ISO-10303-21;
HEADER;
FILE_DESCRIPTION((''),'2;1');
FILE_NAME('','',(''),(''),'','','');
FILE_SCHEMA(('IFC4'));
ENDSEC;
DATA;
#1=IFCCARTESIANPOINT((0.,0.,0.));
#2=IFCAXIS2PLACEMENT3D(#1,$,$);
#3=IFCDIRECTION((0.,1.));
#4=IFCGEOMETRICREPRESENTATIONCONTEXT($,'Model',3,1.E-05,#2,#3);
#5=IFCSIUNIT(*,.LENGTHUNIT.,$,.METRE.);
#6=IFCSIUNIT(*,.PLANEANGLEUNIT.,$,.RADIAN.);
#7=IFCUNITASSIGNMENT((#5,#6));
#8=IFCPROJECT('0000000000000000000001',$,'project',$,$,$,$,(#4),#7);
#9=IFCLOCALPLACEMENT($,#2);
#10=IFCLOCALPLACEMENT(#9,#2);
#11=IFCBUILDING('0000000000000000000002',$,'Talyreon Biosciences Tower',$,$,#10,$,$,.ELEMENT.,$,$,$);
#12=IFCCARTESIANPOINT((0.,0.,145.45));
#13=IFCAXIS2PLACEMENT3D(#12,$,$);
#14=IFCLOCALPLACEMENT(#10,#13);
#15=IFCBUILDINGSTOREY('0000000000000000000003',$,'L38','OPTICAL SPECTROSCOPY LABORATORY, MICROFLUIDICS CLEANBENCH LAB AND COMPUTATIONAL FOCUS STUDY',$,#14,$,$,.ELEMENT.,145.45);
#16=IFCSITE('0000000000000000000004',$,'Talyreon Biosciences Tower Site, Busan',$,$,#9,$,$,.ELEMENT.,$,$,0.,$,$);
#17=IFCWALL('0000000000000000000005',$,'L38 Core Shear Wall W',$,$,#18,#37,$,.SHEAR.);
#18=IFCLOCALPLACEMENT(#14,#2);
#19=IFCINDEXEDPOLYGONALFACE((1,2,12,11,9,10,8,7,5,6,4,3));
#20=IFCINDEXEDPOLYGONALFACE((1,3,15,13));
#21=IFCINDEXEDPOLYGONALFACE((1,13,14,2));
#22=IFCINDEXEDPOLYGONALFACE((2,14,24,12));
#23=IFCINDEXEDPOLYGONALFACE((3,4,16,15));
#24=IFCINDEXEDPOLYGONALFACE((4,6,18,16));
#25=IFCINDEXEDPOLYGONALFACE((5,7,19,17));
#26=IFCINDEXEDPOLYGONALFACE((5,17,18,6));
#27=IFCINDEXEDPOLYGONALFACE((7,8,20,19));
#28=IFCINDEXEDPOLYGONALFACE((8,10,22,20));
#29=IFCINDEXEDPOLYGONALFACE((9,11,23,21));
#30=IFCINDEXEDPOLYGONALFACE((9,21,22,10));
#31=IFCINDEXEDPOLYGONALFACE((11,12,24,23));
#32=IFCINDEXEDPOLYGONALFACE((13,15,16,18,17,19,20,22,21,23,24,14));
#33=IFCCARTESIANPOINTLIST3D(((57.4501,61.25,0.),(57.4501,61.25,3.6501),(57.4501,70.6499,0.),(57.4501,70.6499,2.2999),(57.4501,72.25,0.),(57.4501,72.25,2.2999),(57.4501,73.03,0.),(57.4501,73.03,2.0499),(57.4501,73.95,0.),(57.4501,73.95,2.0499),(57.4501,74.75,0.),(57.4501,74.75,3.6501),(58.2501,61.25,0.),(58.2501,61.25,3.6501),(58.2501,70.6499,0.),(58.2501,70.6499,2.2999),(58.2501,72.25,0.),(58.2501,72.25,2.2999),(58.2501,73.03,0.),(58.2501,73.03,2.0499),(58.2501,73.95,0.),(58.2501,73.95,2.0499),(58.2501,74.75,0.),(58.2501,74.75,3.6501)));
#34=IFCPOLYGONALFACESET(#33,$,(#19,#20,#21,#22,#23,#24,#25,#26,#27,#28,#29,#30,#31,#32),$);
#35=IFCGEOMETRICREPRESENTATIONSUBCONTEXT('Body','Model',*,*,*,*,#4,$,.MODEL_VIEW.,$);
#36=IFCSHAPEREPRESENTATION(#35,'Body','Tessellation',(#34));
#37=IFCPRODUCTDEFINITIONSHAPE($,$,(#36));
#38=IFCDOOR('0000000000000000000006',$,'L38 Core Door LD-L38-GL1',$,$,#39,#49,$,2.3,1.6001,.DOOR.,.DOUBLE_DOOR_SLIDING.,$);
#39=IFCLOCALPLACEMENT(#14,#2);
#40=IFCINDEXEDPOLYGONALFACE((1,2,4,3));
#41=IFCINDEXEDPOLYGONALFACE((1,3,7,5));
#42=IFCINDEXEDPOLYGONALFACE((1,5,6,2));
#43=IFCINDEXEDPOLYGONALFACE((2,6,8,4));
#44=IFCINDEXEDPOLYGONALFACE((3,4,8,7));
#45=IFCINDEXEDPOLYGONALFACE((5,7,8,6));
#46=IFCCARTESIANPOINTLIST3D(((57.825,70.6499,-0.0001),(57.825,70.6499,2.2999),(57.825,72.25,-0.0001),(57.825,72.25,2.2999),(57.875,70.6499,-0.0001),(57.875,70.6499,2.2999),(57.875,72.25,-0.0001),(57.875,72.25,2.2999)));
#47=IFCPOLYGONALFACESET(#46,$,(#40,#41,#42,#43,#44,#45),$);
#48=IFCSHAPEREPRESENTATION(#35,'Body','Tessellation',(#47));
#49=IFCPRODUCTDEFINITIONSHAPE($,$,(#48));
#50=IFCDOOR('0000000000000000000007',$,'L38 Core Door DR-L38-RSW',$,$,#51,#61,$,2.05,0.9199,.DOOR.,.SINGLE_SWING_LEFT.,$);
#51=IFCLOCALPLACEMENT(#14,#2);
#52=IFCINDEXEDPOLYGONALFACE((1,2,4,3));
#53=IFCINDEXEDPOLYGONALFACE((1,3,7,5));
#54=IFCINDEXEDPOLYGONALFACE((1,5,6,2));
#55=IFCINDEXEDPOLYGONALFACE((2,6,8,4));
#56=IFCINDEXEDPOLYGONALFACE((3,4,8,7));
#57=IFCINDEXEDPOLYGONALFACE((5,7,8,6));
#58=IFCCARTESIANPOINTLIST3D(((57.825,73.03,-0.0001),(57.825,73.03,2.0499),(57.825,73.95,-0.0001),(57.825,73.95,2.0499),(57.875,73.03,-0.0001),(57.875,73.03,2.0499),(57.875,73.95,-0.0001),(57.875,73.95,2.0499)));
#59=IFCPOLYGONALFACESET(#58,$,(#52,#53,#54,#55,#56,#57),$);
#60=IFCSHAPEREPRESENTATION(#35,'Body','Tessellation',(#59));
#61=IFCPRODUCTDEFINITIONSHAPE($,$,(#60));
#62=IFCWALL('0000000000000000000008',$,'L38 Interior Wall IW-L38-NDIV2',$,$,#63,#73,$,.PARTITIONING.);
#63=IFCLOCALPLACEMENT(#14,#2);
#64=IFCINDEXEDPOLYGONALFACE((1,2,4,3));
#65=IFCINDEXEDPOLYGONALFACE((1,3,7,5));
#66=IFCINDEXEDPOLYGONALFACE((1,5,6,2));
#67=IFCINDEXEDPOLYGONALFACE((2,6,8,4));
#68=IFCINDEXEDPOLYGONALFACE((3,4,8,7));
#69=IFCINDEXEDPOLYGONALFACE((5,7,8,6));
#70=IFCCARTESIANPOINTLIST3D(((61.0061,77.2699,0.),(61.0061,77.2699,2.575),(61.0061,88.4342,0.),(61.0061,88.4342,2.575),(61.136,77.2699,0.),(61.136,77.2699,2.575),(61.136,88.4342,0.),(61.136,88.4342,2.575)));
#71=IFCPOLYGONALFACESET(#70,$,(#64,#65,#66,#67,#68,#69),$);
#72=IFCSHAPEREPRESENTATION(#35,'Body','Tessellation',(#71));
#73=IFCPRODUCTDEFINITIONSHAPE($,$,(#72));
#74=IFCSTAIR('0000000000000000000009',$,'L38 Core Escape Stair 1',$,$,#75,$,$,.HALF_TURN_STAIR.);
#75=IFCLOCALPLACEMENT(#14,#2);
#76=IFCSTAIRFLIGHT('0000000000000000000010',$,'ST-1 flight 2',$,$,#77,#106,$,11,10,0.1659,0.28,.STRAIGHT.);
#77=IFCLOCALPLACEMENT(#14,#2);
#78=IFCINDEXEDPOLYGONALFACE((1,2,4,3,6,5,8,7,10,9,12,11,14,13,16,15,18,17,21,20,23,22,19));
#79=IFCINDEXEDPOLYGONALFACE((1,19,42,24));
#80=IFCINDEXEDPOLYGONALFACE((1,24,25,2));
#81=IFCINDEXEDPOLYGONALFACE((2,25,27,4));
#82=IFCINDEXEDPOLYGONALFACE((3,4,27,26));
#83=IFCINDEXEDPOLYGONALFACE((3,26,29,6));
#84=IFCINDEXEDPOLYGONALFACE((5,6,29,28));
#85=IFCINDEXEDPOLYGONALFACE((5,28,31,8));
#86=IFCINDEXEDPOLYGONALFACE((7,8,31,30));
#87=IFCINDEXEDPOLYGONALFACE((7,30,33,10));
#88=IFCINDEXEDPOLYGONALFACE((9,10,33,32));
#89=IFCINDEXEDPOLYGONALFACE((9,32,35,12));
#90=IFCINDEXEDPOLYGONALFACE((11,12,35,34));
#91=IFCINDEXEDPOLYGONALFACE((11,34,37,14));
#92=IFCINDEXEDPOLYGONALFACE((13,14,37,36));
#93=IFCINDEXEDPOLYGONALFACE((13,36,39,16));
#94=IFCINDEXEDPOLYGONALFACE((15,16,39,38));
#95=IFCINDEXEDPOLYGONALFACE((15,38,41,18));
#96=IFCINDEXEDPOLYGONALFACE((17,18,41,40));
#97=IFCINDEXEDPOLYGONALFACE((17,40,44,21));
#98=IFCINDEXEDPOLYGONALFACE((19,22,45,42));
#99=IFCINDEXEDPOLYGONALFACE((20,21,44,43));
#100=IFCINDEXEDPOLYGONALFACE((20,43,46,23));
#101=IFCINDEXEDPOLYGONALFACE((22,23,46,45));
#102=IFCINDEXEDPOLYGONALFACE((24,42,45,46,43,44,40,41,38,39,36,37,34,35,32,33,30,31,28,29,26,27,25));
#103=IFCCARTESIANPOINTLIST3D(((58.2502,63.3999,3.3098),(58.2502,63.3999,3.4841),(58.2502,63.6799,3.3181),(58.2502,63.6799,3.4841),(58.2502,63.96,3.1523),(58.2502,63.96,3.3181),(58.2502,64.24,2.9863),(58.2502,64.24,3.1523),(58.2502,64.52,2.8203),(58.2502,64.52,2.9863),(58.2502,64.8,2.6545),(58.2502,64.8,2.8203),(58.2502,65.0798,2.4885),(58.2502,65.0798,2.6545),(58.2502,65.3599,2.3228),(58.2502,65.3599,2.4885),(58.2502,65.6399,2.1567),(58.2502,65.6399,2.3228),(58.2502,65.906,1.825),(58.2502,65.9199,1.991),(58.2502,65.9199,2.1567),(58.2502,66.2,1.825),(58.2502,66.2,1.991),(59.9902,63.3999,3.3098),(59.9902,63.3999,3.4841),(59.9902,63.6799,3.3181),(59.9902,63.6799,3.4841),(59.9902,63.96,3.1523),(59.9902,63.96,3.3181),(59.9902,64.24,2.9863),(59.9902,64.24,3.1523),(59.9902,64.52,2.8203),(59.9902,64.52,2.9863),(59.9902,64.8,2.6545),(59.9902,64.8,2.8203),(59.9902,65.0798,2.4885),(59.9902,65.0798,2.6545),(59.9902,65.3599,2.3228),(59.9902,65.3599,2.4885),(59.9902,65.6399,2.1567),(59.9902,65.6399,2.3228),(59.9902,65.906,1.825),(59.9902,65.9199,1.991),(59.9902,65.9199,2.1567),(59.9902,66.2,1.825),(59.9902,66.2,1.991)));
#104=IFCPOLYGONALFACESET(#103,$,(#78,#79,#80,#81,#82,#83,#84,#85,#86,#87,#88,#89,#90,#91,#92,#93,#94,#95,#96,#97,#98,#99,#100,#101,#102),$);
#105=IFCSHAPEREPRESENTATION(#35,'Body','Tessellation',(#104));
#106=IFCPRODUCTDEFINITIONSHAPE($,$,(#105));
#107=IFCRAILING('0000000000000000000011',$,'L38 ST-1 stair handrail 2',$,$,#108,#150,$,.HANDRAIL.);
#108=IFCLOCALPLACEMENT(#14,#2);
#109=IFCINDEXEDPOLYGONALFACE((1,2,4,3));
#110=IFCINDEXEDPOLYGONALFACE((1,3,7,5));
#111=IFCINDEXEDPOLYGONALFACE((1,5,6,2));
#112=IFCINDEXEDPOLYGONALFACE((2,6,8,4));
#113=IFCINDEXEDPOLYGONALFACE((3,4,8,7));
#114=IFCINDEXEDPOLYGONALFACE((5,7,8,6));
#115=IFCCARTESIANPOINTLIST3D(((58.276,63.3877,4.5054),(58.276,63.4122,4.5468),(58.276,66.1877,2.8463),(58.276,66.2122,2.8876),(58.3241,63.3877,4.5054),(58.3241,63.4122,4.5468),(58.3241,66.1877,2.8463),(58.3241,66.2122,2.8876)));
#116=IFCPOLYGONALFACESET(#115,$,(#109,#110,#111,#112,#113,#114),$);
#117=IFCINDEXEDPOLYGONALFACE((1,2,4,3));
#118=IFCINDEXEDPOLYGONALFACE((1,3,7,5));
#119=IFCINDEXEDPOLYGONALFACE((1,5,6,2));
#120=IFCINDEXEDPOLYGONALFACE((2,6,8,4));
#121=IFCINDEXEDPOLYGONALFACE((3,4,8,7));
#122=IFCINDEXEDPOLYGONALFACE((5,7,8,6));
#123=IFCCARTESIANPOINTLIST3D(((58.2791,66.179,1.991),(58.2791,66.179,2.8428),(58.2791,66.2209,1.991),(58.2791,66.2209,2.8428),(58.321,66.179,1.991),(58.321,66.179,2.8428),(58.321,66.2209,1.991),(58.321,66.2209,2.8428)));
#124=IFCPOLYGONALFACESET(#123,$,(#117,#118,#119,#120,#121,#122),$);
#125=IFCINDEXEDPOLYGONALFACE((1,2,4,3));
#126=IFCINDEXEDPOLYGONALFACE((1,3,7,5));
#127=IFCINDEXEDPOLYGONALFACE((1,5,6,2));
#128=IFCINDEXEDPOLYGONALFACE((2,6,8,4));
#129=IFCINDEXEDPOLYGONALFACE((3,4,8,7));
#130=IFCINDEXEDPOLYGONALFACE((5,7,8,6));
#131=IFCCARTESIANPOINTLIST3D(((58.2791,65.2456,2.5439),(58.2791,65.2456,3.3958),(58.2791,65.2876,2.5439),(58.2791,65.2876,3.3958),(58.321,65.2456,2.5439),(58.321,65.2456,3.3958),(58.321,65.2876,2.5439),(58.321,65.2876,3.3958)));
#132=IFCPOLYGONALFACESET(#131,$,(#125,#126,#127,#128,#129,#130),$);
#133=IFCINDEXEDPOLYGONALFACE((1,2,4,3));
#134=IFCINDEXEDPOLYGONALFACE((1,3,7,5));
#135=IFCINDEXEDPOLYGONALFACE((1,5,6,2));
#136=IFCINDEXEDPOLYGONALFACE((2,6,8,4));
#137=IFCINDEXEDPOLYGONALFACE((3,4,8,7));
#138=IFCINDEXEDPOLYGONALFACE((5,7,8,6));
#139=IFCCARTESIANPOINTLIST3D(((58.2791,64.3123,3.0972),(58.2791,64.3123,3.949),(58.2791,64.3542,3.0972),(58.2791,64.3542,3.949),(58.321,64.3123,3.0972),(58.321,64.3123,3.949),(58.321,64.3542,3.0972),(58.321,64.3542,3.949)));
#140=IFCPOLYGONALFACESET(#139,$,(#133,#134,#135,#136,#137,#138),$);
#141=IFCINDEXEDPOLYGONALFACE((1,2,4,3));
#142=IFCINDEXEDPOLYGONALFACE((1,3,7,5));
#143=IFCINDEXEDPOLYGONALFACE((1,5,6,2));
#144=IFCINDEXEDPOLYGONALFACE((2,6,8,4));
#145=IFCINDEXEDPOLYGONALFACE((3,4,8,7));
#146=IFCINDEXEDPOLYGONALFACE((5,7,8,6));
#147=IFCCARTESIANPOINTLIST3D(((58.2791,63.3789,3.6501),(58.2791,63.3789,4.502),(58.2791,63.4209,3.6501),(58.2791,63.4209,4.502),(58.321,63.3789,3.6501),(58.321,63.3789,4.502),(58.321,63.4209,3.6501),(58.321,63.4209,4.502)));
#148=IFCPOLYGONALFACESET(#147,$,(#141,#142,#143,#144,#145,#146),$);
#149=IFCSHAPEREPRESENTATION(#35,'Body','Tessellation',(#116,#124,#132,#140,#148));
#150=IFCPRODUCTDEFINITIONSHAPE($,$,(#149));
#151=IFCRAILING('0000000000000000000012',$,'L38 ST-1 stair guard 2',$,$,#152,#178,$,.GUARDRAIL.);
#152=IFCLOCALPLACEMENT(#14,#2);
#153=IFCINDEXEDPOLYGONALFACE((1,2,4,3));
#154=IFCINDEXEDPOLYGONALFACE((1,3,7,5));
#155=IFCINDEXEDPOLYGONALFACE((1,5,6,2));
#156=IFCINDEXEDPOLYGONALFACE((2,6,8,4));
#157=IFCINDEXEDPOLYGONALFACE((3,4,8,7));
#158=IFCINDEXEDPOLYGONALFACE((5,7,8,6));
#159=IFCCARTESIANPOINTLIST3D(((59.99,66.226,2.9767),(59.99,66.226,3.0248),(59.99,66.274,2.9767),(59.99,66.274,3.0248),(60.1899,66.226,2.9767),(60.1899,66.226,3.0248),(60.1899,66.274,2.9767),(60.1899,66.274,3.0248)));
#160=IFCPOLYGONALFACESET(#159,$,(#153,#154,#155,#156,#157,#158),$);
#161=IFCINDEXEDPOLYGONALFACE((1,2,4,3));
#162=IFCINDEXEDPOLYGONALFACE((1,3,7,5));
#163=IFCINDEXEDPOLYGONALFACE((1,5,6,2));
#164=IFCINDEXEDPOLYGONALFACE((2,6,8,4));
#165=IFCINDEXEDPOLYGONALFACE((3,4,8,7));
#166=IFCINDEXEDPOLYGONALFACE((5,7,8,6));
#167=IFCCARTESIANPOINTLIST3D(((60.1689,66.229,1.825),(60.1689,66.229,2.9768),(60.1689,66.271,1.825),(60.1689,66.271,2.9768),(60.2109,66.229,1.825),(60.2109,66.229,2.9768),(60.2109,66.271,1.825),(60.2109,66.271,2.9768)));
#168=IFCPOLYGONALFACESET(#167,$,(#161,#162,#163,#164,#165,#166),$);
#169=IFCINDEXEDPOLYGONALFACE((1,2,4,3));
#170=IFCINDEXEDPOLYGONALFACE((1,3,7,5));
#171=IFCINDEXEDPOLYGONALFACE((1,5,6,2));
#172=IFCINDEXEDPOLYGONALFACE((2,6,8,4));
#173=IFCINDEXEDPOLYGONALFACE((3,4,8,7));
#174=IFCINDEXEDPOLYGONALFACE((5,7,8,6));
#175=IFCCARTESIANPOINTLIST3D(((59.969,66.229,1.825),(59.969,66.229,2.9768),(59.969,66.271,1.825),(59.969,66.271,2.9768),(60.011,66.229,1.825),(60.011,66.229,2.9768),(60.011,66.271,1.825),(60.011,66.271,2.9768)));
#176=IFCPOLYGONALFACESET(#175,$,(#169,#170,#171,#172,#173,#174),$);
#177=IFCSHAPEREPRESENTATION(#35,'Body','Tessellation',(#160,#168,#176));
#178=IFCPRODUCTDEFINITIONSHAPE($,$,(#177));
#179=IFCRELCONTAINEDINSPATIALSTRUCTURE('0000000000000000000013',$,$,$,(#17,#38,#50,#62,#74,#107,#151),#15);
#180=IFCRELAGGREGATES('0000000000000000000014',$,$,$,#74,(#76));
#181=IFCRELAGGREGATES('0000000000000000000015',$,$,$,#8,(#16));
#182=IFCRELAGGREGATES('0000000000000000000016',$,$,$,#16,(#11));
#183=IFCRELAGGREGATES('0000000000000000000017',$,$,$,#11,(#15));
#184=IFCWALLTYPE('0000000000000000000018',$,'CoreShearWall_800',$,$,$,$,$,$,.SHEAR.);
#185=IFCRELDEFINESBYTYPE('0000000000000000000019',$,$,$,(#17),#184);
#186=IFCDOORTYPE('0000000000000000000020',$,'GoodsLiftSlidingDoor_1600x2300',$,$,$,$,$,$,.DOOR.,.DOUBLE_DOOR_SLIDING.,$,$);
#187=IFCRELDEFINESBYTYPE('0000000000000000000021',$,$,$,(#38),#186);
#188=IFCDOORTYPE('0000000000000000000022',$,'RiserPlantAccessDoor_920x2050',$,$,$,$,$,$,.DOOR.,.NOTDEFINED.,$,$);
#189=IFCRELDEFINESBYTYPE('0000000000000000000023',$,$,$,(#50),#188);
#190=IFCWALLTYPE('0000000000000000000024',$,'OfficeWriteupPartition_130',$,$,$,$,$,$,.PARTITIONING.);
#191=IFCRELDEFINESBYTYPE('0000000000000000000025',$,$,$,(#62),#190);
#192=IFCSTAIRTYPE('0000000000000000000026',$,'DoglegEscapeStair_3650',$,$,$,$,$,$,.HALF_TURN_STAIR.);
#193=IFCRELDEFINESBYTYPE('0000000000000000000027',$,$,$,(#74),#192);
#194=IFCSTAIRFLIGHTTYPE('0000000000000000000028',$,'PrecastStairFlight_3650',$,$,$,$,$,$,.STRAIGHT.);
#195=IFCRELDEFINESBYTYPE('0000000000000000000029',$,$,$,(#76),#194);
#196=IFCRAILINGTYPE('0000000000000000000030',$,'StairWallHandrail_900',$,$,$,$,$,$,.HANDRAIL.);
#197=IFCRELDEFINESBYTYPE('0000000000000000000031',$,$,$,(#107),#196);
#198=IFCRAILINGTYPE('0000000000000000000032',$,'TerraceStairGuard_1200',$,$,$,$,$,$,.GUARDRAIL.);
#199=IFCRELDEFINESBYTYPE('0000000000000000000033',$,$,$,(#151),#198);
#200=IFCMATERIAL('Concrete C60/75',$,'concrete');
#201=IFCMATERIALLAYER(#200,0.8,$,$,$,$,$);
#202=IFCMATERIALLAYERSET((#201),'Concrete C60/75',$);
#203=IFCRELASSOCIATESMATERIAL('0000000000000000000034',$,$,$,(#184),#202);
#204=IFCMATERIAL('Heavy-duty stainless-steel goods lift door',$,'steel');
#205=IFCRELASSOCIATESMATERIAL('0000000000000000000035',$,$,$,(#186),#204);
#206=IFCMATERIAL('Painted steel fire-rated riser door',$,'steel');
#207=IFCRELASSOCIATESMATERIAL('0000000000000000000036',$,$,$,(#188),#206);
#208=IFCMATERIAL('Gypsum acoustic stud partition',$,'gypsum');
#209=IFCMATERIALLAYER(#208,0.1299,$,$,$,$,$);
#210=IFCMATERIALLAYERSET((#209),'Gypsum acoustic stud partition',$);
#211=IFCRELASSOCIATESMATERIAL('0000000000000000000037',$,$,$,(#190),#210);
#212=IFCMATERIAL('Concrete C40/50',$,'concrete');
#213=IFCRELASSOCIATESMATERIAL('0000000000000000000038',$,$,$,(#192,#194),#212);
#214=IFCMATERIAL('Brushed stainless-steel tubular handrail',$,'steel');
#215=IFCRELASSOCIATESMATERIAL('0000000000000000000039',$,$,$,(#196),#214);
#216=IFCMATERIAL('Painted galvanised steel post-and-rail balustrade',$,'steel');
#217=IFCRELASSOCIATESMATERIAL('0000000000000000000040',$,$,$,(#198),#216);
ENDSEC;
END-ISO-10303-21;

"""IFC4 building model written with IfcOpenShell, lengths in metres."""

from ifc_helpers import new_model, si_unit, direction, frame, frame_2d, origin, origin_2d, place, context, subcontext, project, spatial, polyline, rectangle, outline, extrude, material, layer, layer_set, type_object, element, fill, aggregate, save


model = new_model("IFC4")

# Units and contexts
model_context = context("Model", 3, precision=1e-05, world=origin(), true_north=direction((0.0, 1.0)))
body_context = subcontext(model_context, "Body", "Model", "MODEL_VIEW")
ifc_project = project(units=[si_unit("LENGTHUNIT", "METRE"), si_unit("PLANEANGLEUNIT", "RADIAN")], contexts=[model_context])

# Site, building, storey
site_placement = place(None, origin())
site = spatial("IfcSite", under=ifc_project, at=site_placement, Name="Talyreon Biosciences Tower Site, Busan", CompositionType="ELEMENT", RefElevation=0.0)
building_placement = place(site_placement, origin())
building = spatial("IfcBuilding", under=site, at=building_placement, Name="Talyreon Biosciences Tower", CompositionType="ELEMENT")
storey_placement = place(building_placement, frame((0.0, 0.0, 145.45)))
storey = spatial("IfcBuildingStorey", under=building, at=storey_placement, Name="L38", Description="OPTICAL SPECTROSCOPY LABORATORY, MICROFLUIDICS CLEANBENCH LAB AND COMPUTATIONAL FOCUS STUDY", CompositionType="ELEMENT", Elevation=145.45)

# Shared definitions
ifc_material_1 = material(Name="Concrete C60/75", Category="concrete")

# Shared definitions
ifc_layer_1 = layer(ifc_material_1, 0.8)
ifc_layer_set_1 = layer_set([ifc_layer_1], Name="Concrete C60/75")
wall_type_1 = type_object("IfcWallType", Name="CoreShearWall_800", PredefinedType="SHEAR", material=ifc_layer_set_1)

# Wall, openings, doors
wall_1_placement = place(storey_placement, frame((57.8501, 74.75, 0.0), z_axis=(0.0, 0.0, 1.0), x_axis=(0.0, -1.0, 0.0)))
wall_1 = element("IfcWall", 1, at=wall_1_placement, inside=storey, type_object=wall_type_1, Name="L38 Core Shear Wall W", PredefinedType="SHEAR", context=body_context, shape_type="SweptSolid", body=[
    extrude(rectangle(XDim=13.5, YDim=0.8, at=frame_2d((6.75, 0.0))), origin(), (0.0, 0.0, 1.0), 3.6501),
])
opening_1_placement = place(wall_1_placement, frame((0.8, 0.0, 0.0)))
opening_1 = element("IfcOpeningElement", 2, at=opening_1_placement, cuts=wall_1, PredefinedType="OPENING", context=body_context, shape_type="SweptSolid", body=[
    extrude(rectangle(XDim=0.9199, YDim=2.05, at=frame_2d((0.46, 1.0249))), frame((0.0, 0.4099, 0.0), z_axis=(0.0, -1.0, 0.0), x_axis=(1.0, 0.0, 0.0)), (0.0, 0.0, 1.0), 0.8201),
])
opening_2_placement = place(wall_1_placement, frame((2.5, 0.0, 0.0)))
opening_2 = element("IfcOpeningElement", 3, at=opening_2_placement, cuts=wall_1, PredefinedType="OPENING", context=body_context, shape_type="SweptSolid", body=[
    extrude(rectangle(XDim=1.6001, YDim=2.3, at=frame_2d((0.8, 1.1499))), frame((0.0, 0.4099, 0.0), z_axis=(0.0, -1.0, 0.0), x_axis=(1.0, 0.0, 0.0)), (0.0, 0.0, 1.0), 0.8201),
])
ifc_material_2 = material(Name="Heavy-duty stainless-steel goods lift door", Category="steel")
door_type_1 = type_object("IfcDoorType", Name="GoodsLiftSlidingDoor_1600x2300", OperationType="DOUBLE_DOOR_SLIDING", PredefinedType="DOOR", material=ifc_material_2)
door_1_placement = place(opening_2_placement, origin())
door_1 = element("IfcDoor", 4, at=door_1_placement, inside=storey, type_object=door_type_1, Name="L38 Core Door LD-L38-GL1", OperationType="DOUBLE_DOOR_SLIDING", OverallHeight=2.3, OverallWidth=1.6001, PredefinedType="DOOR", context=body_context, shape_type="SweptSolid", body=[
    extrude(rectangle(XDim=1.6001, YDim=2.3, at=frame_2d((0.8, 1.1499))), frame((0.0, 0.0249, 0.0), z_axis=(0.0, -1.0, 0.0), x_axis=(1.0, 0.0, 0.0)), (0.0, 0.0, 1.0), 0.05),
])
fill(opening_2, door_1)
ifc_material_3 = material(Name="Painted steel fire-rated riser door", Category="steel")
door_type_2 = type_object("IfcDoorType", Name="RiserPlantAccessDoor_920x2050", OperationType="NOTDEFINED", PredefinedType="DOOR", material=ifc_material_3)
door_2_placement = place(opening_1_placement, origin())
door_2 = element("IfcDoor", 5, at=door_2_placement, inside=storey, type_object=door_type_2, Name="L38 Core Door DR-L38-RSW", OperationType="SINGLE_SWING_LEFT", OverallHeight=2.05, OverallWidth=0.9199, PredefinedType="DOOR", context=body_context, shape_type="SweptSolid", body=[
    extrude(rectangle(XDim=0.9199, YDim=2.05, at=frame_2d((0.46, 1.0249))), frame((0.0, 0.0249, 0.0), z_axis=(0.0, -1.0, 0.0), x_axis=(1.0, 0.0, 0.0)), (0.0, 0.0, 1.0), 0.05),
])
fill(opening_1, door_2)

# Wall
ifc_material_4 = material(Name="Gypsum acoustic stud partition", Category="gypsum")
ifc_layer_2 = layer(ifc_material_4, 0.1299)
ifc_layer_set_2 = layer_set([ifc_layer_2], Name="Gypsum acoustic stud partition")
wall_type_2 = type_object("IfcWallType", Name="OfficeWriteupPartition_130", PredefinedType="PARTITIONING", material=ifc_layer_set_2)
wall_2_placement = place(storey_placement, frame((61.071, 77.27, 0.0), z_axis=(0.0, 0.0, 1.0), x_axis=(0.0, 1.0, 0.0)))
element("IfcWall", 6, at=wall_2_placement, inside=storey, type_object=wall_type_2, Name="L38 Interior Wall IW-L38-NDIV2", PredefinedType="PARTITIONING", context=body_context, shape_type="SweptSolid", body=[
    extrude(rectangle(XDim=11.1643, YDim=0.1299, at=frame_2d((5.582, 0.0))), origin(), (0.0, 0.0, 1.0), 2.575),
])

# Stair, stair flight
ifc_material_5 = material(Name="Concrete C40/50", Category="concrete")
stair_type = type_object("IfcStairType", Name="DoglegEscapeStair_3650", PredefinedType="HALF_TURN_STAIR", material=ifc_material_5)
stair_placement = place(storey_placement, origin())
stair = element("IfcStair", 7, at=stair_placement, inside=storey, type_object=stair_type, Name="L38 Core Escape Stair 1", PredefinedType="HALF_TURN_STAIR")
stair_flight_type = type_object("IfcStairFlightType", Name="PrecastStairFlight_3650", PredefinedType="STRAIGHT", material=ifc_material_5)
stair_flight_placement = place(storey_placement, frame((59.1201, 66.2, 1.825), z_axis=(0.0, 0.0, 1.0), x_axis=(0.0, -1.0, 0.0)))
stair_flight = element("IfcStairFlight", 8, at=stair_flight_placement, type_object=stair_flight_type, Name="ST-1 flight 2", NumberOfRisers=11, NumberOfTreads=10, PredefinedType="STRAIGHT", RiserHeight=0.1659, TreadLength=0.28, context=body_context, shape_type="SweptSolid", body=[
    extrude(outline(polyline([(0.0, 0.0), (0.0, 0.166), (0.28, 0.166), (0.28, 0.3318), (0.5601, 0.3318), (0.5601, 0.4978), (0.8401, 0.4978), (0.8401, 0.6636), (1.1201, 0.6636), (1.1201, 0.8296), (1.3999, 0.8296), (1.3999, 0.9954), (1.6799, 0.9954), (1.6799, 1.1614), (1.96, 1.1614), (1.96, 1.3274), (2.24, 1.3274), (2.24, 1.4932), (2.52, 1.4932), (2.52, 1.6592), (2.8, 1.6592), (2.8, 1.825), (2.8, 1.4849), (0.2939, 0.0), (0.0, 0.0)])), frame((0.0, 0.8701, 0.0), z_axis=(0.0, -1.0, 0.0), x_axis=(1.0, 0.0, 0.0)), (0.0, 0.0, 1.0), 1.74),
])
aggregate(stair, [stair_flight])

# Railings
ifc_material_6 = material(Name="Brushed stainless-steel tubular handrail", Category="steel")
railing_type_1 = type_object("IfcRailingType", Name="StairWallHandrail_900", PredefinedType="HANDRAIL", material=ifc_material_6)
railing_1_placement = place(storey_placement, frame((58.3, 66.2, 1.991)))
element("IfcRailing", 9, at=railing_1_placement, inside=storey, type_object=railing_type_1, Name="L38 ST-1 stair handrail 2", PredefinedType="HANDRAIL", context=body_context, shape_type="SweptSolid", body=[
    extrude(rectangle(XDim=0.0481, YDim=0.0481, at=origin_2d()), frame((0.0, 0.0, 0.876), z_axis=(0.0, -0.860306, 0.509778), x_axis=(1.0, 0.0, 0.0)), (0.0, 0.0, 1.0), 3.2546),
    extrude(rectangle(XDim=0.042, YDim=0.042, at=origin_2d()), origin(), (0.0, 0.0, 1.0), 0.8518),
    extrude(rectangle(XDim=0.042, YDim=0.042, at=origin_2d()), frame((0.0, -0.9333, 0.553)), (0.0, 0.0, 1.0), 0.8518),
    extrude(rectangle(XDim=0.042, YDim=0.042, at=origin_2d()), frame((0.0, -1.8667, 1.1062)), (0.0, 0.0, 1.0), 0.8518),
    extrude(rectangle(XDim=0.042, YDim=0.042, at=origin_2d()), frame((0.0, -2.8, 1.6592)), (0.0, 0.0, 1.0), 0.8518),
])
ifc_material_7 = material(Name="Painted galvanised steel post-and-rail balustrade", Category="steel")
railing_type_2 = type_object("IfcRailingType", Name="TerraceStairGuard_1200", PredefinedType="GUARDRAIL", material=ifc_material_7)
railing_2_placement = place(storey_placement, frame((60.1899, 66.25, 1.825)))
element("IfcRailing", 10, at=railing_2_placement, inside=storey, type_object=railing_type_2, Name="L38 ST-1 stair guard 2", PredefinedType="GUARDRAIL", context=body_context, shape_type="SweptSolid", body=[
    extrude(rectangle(XDim=0.0481, YDim=0.0481, at=origin_2d()), frame((0.0, 0.0, 1.1758), z_axis=(-1.0, 0.0, 0.0), x_axis=(0.0, -1.0, 0.0)), (0.0, 0.0, 1.0), 0.2),
    extrude(rectangle(XDim=0.042, YDim=0.042, at=origin_2d()), origin(), (0.0, 0.0, 1.0), 1.1519),
    extrude(rectangle(XDim=0.042, YDim=0.042, at=origin_2d()), frame((-0.2, 0.0, 0.0)), (0.0, 0.0, 1.0), 1.1519),
])

save(model, "model.ifc")
